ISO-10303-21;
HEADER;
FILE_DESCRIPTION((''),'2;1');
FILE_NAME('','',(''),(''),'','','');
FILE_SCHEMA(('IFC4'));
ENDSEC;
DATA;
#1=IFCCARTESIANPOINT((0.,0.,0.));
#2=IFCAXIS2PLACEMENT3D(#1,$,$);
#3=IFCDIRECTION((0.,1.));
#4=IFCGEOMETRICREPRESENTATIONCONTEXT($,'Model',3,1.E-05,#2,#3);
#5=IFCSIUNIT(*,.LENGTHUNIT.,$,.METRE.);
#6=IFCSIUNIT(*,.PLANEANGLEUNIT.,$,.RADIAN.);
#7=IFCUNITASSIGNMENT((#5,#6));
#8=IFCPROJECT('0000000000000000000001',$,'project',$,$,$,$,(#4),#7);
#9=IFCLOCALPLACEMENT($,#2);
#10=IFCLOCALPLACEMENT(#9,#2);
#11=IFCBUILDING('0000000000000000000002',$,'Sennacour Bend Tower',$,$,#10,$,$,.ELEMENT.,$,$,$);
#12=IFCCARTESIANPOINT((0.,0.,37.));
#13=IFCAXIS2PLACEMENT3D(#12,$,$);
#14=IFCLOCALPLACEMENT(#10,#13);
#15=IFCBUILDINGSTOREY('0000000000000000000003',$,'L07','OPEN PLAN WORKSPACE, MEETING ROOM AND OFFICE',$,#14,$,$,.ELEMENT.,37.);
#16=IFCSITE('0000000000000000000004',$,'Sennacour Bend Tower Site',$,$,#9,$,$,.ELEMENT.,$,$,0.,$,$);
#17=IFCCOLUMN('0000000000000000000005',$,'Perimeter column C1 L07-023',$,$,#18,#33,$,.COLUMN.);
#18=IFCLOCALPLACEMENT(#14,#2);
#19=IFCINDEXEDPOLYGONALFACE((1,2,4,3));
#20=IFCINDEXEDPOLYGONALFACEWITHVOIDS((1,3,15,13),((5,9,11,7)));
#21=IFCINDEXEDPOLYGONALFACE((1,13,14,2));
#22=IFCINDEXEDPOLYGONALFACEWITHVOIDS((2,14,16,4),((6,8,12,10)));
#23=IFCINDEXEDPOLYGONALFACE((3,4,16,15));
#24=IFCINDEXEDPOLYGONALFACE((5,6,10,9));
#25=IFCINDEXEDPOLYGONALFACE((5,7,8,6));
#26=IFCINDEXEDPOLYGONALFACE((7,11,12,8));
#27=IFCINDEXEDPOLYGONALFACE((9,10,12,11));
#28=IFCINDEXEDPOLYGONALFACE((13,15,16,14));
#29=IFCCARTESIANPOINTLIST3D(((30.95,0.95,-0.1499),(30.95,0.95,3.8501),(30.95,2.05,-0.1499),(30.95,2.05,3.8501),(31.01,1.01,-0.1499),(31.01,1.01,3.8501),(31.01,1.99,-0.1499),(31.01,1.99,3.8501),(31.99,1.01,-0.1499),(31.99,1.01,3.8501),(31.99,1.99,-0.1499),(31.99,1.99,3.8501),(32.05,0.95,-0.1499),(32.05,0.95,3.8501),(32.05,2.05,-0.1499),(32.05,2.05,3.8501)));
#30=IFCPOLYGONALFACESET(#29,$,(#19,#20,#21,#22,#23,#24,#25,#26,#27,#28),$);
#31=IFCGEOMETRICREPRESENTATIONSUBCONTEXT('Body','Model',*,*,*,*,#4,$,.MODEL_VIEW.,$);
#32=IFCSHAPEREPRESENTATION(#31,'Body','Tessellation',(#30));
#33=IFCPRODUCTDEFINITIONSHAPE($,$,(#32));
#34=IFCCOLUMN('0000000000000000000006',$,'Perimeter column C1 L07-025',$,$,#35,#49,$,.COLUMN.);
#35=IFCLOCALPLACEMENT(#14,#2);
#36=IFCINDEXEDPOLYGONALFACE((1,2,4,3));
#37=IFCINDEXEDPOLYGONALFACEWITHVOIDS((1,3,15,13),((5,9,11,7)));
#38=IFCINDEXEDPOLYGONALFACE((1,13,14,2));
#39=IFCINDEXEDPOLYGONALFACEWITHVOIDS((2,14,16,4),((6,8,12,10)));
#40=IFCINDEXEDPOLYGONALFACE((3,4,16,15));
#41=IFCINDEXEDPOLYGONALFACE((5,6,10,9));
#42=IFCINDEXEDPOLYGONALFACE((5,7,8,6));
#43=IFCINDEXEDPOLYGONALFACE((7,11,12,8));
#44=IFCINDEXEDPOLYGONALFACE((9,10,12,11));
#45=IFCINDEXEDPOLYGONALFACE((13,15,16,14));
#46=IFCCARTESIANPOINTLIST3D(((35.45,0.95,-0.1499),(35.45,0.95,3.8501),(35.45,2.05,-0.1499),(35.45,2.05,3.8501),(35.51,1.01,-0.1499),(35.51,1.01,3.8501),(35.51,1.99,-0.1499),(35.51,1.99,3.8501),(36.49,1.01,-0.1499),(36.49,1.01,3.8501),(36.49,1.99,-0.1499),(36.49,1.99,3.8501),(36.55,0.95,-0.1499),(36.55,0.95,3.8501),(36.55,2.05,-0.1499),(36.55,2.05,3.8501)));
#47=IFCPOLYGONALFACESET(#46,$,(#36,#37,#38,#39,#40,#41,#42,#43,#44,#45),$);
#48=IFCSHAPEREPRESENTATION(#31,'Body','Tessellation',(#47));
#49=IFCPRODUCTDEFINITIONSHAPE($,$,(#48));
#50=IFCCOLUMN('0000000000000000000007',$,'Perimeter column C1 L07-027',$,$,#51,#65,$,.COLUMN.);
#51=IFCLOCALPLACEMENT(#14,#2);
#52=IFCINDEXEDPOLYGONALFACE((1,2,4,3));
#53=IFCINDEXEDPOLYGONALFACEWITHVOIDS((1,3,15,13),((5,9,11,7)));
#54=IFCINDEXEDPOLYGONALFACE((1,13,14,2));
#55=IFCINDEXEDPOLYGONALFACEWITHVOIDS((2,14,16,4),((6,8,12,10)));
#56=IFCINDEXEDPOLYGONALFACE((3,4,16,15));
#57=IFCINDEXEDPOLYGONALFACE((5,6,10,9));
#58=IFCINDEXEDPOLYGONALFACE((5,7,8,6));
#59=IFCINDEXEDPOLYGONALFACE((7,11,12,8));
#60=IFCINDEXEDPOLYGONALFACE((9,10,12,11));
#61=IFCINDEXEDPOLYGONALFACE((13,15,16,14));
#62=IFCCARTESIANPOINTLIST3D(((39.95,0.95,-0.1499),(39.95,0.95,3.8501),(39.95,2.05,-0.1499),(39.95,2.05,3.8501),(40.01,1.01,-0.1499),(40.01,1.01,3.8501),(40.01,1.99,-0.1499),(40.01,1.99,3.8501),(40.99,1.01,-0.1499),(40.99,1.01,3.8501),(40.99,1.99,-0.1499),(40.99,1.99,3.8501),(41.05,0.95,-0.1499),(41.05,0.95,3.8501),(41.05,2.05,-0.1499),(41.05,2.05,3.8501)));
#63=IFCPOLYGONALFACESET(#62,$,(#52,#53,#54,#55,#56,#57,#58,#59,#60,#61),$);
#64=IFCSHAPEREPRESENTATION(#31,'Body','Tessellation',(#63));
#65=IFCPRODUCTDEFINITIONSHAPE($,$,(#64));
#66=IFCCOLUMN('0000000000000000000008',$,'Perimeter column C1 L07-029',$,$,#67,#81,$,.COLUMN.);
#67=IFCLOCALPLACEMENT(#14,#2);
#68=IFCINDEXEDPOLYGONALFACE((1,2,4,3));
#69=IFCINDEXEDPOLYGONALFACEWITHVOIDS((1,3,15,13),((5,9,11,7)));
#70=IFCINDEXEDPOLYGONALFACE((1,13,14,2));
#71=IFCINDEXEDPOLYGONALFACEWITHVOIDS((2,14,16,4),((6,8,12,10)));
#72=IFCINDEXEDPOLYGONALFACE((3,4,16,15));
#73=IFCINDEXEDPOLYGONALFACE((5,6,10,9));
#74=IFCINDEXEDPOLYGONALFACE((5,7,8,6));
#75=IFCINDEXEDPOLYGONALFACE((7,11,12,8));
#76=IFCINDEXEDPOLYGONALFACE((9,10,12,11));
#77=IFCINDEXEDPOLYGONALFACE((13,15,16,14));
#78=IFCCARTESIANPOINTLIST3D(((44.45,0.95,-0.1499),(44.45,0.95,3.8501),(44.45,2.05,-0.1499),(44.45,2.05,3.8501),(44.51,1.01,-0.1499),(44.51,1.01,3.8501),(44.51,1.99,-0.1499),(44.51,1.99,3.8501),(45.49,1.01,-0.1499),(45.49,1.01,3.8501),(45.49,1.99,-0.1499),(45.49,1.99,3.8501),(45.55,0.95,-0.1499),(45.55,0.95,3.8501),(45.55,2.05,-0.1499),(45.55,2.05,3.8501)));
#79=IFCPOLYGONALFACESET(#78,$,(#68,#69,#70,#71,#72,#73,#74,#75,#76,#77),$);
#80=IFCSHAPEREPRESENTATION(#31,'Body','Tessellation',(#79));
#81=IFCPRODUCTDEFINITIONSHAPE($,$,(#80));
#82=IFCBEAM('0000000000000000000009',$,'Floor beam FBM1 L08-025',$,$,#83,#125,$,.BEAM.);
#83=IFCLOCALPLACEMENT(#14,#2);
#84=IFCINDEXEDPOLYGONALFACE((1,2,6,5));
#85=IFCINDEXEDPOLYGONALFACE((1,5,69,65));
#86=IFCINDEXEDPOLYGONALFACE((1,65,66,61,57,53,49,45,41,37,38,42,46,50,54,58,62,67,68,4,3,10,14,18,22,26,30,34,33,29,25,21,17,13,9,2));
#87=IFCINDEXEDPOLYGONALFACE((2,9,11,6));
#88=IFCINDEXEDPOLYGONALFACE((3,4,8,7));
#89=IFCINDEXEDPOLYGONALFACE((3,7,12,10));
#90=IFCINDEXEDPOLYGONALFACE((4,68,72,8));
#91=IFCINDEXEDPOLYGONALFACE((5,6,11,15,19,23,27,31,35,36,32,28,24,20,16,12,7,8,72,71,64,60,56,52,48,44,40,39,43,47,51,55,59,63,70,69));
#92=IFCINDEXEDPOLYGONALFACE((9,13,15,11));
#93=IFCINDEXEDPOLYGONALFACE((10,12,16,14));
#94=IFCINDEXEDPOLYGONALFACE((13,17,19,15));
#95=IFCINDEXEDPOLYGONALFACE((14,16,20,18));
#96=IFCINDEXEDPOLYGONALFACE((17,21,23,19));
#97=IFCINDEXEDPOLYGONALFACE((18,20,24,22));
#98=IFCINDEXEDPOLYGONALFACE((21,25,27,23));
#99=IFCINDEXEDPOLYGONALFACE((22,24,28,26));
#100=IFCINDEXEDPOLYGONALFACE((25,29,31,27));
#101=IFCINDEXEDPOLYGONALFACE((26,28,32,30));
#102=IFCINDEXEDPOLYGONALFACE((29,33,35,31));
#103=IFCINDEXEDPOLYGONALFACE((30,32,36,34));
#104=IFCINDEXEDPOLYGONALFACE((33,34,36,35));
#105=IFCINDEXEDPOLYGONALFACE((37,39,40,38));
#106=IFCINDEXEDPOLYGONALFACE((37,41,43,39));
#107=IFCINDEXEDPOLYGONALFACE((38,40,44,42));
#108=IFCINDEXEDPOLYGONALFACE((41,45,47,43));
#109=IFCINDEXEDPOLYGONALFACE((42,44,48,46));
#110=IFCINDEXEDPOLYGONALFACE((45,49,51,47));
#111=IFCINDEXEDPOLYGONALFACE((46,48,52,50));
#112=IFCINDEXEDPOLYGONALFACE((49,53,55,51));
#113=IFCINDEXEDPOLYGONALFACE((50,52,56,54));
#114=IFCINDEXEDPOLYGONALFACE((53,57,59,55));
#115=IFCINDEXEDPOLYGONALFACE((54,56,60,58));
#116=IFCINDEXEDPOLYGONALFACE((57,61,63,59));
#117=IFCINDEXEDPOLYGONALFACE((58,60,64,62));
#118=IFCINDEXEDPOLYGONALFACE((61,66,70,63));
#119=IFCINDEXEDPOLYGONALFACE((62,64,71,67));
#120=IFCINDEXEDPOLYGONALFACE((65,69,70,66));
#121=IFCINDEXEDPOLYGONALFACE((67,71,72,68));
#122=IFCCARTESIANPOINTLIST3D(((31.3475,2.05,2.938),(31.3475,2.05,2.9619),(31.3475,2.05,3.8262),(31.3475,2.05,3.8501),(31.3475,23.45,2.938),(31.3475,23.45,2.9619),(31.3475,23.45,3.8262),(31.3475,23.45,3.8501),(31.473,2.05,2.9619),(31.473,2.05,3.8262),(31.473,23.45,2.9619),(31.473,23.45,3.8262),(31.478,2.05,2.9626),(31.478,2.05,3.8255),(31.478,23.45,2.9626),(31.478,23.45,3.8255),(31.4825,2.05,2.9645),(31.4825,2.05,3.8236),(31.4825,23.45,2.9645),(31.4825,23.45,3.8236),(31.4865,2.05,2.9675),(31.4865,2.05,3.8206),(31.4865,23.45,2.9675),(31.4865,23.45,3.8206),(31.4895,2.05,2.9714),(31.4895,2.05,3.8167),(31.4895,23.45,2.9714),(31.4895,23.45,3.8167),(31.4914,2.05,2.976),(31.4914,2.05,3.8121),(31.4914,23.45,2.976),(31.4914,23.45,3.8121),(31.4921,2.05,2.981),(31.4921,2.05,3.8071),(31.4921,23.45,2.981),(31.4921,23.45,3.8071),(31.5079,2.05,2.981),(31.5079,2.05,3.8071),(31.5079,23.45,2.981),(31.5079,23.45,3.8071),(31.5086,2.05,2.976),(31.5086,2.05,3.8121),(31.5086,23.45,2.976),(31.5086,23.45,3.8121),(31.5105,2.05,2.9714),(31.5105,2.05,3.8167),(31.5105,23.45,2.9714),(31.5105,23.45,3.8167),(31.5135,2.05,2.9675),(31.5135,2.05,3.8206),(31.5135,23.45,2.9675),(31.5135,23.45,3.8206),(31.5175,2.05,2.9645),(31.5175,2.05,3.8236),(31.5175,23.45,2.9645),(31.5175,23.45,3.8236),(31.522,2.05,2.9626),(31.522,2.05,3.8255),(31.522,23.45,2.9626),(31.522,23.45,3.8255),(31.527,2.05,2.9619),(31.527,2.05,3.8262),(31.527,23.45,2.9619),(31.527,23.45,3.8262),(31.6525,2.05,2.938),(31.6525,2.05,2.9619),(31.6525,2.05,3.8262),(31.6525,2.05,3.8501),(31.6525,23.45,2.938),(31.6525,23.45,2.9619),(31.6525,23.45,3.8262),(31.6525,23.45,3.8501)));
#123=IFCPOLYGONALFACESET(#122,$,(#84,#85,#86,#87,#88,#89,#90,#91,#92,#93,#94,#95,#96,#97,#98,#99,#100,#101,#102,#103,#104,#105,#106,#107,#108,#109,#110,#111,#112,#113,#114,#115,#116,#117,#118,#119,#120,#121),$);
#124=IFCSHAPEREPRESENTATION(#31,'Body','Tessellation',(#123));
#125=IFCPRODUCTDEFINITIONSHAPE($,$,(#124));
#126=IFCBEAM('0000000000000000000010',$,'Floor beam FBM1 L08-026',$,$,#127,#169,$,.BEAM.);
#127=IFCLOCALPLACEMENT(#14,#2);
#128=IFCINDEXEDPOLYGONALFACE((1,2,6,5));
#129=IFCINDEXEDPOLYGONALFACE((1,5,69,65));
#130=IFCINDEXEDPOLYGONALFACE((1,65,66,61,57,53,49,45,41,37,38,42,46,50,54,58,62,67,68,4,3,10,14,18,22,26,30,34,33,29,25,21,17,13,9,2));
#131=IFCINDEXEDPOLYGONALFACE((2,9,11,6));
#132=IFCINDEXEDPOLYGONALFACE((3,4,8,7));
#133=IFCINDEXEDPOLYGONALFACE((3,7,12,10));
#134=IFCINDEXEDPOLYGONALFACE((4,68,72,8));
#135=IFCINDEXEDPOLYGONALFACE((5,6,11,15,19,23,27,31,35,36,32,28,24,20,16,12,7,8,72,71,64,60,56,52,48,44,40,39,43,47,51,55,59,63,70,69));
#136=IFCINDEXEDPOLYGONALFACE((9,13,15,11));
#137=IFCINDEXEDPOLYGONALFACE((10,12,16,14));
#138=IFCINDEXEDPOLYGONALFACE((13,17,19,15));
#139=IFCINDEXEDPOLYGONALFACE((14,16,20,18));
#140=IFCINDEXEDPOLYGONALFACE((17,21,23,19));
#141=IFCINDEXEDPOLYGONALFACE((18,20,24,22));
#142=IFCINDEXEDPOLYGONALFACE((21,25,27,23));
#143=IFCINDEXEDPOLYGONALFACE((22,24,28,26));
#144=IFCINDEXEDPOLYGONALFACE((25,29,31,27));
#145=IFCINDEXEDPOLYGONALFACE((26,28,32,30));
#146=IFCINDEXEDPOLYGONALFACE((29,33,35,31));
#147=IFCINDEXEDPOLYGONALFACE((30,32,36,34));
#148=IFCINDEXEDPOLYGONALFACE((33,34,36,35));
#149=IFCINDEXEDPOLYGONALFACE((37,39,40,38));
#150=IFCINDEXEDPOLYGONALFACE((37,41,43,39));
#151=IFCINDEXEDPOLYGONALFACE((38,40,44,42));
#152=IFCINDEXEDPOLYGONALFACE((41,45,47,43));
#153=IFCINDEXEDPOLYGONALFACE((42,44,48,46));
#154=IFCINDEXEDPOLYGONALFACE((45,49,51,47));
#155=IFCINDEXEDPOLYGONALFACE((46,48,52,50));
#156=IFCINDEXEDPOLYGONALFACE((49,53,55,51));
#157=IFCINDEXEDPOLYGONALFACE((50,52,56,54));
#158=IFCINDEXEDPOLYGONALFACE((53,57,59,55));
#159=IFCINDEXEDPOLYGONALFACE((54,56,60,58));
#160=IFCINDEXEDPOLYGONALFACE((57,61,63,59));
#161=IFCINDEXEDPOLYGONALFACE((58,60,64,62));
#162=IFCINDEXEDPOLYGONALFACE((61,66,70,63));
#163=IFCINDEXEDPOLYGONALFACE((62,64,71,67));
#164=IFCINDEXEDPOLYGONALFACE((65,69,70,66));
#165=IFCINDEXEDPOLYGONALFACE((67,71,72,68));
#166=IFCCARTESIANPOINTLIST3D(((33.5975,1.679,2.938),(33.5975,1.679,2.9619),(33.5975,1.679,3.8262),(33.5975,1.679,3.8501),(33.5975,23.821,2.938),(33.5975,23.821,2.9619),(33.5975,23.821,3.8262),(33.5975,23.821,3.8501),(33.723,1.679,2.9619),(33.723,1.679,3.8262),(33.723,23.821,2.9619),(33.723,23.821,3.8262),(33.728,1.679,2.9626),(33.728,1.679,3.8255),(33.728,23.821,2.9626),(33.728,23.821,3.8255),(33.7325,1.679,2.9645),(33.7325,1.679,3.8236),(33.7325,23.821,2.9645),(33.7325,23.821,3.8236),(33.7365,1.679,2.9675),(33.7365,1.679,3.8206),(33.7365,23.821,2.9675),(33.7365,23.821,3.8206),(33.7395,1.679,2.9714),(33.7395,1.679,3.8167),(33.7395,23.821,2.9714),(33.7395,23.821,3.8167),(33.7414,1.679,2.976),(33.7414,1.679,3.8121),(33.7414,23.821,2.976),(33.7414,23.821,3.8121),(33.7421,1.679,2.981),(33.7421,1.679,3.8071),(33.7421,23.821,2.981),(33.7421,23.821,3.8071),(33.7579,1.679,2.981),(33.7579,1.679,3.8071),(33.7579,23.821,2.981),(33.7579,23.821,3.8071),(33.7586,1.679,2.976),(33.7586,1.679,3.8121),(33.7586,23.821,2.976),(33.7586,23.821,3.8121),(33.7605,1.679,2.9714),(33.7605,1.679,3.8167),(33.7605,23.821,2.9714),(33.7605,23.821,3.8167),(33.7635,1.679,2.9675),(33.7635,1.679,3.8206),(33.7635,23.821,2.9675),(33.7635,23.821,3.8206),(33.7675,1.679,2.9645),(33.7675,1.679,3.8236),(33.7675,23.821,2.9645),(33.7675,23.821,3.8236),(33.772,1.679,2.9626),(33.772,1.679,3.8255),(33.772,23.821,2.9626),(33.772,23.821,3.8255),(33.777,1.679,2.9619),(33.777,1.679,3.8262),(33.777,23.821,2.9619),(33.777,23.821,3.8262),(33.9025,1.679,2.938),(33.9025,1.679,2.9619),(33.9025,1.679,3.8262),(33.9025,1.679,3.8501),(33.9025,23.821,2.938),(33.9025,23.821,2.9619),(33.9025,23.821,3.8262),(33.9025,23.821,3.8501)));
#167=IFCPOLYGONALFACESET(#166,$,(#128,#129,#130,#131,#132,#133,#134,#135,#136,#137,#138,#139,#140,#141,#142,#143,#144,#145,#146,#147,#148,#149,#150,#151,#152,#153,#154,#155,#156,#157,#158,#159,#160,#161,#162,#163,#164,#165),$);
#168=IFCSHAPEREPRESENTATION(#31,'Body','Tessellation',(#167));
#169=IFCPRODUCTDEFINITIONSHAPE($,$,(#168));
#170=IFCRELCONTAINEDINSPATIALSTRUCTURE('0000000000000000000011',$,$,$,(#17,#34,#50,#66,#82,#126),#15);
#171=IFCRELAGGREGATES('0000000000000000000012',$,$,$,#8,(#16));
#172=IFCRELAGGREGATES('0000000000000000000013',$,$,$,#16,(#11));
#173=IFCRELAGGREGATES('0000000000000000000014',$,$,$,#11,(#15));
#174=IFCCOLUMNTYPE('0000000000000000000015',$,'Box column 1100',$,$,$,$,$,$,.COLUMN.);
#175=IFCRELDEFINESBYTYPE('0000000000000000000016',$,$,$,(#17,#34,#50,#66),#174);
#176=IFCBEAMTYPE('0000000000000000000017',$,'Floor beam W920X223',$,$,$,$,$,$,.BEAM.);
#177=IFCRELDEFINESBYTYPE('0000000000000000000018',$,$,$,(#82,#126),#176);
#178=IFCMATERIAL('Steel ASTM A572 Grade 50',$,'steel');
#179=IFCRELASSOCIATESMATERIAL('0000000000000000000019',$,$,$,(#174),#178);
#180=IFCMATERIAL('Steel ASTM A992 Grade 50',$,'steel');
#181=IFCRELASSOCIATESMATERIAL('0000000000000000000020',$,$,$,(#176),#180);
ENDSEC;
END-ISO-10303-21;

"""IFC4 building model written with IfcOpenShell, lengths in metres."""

from ifc_helpers import new_model, si_unit, direction, frame, origin, origin_2d, place, context, subcontext, project, spatial, hollow_rectangle, i_section, extrude, material, material_profile, profile_set, type_object, element, save


model = new_model("IFC4")

# Units and contexts
model_context = context("Model", 3, precision=1e-05, world=origin(), true_north=direction((0.0, 1.0)))
body_context = subcontext(model_context, "Body", "Model", "MODEL_VIEW")
ifc_project = project(units=[si_unit("LENGTHUNIT", "METRE"), si_unit("PLANEANGLEUNIT", "RADIAN")], contexts=[model_context])

# Site, building, storey
site_placement = place(None, origin())
site = spatial("IfcSite", under=ifc_project, at=site_placement, Name="Sennacour Bend Tower Site", CompositionType="ELEMENT", RefElevation=0.0)
building_placement = place(site_placement, origin())
building = spatial("IfcBuilding", under=site, at=building_placement, Name="Sennacour Bend Tower", CompositionType="ELEMENT")
storey_placement = place(building_placement, frame((0.0, 0.0, 37.0)))
storey = spatial("IfcBuildingStorey", under=building, at=storey_placement, Name="L07", Description="OPEN PLAN WORKSPACE, MEETING ROOM AND OFFICE", CompositionType="ELEMENT", Elevation=37.0)

# Columns
ifc_material_1 = material(Name="Steel ASTM A572 Grade 50", Category="steel")
ifc_material_profile_1 = material_profile(ifc_material_1, hollow_rectangle(XDim=1.1001, YDim=1.1001, WallThickness=0.0601, at=origin_2d()), Name="Steel ASTM A572 Grade 50", Category="steel")
ifc_profile_set_1 = profile_set([ifc_material_profile_1], Name="Steel ASTM A572 Grade 50")
column_type = type_object("IfcColumnType", Name="Box column 1100", PredefinedType="COLUMN", material=ifc_profile_set_1)
for number, where, z_axis, x_axis, name in (
    (1, (31.5, 1.5, -0.1499), (0.0, 0.0, 1.0), (1.0, 0.0, 0.0), "Perimeter column C1 L07-023"),
    (2, (36.0, 1.5, -0.1499), (0.0, 0.0, 1.0), (1.0, 0.0, 0.0), "Perimeter column C1 L07-025"),
    (3, (40.5, 1.5, -0.1499), (0.0, 0.0, 1.0), (1.0, 0.0, 0.0), "Perimeter column C1 L07-027"),
    (4, (45.0, 1.5, -0.1499), (0.0, 0.0, 1.0), (1.0, 0.0, 0.0), "Perimeter column C1 L07-029"),
):
    element("IfcColumn", number, at=place(storey_placement, frame(where, z_axis=z_axis, x_axis=x_axis)), inside=storey, type_object=column_type, Name=name, PredefinedType="COLUMN", context=body_context, shape_type="SweptSolid", body=[
        extrude(hollow_rectangle(XDim=1.1001, YDim=1.1001, WallThickness=0.0601, at=origin_2d()), origin(), (0.0, 0.0, 1.0), 4.0),
    ])

# Beams
ifc_material_2 = material(Name="Steel ASTM A992 Grade 50", Category="steel")
ifc_material_profile_2 = material_profile(ifc_material_2, i_section(OverallWidth=0.3049, OverallDepth=0.9121, WebThickness=0.0159, FlangeThickness=0.0239, FilletRadius=0.019, at=origin_2d()), Name="Steel ASTM A992 Grade 50", Category="steel")
ifc_profile_set_2 = profile_set([ifc_material_profile_2], Name="Steel ASTM A992 Grade 50")
beam_type_1 = type_object("IfcBeamType", Name="Floor beam W920X223", PredefinedType="BEAM", material=ifc_profile_set_2)
beam_1_placement = place(storey_placement, frame((31.5, 2.05, 3.394), z_axis=(0.0, 1.0, 0.0), x_axis=(-1.0, 0.0, 0.0)))
element("IfcBeam", 5, at=beam_1_placement, inside=storey, type_object=beam_type_1, Name="Floor beam FBM1 L08-025", PredefinedType="BEAM", context=body_context, shape_type="SweptSolid", body=[
    extrude(i_section(OverallWidth=0.3049, OverallDepth=0.9121, WebThickness=0.0159, FlangeThickness=0.0239, FilletRadius=0.019, at=origin_2d()), origin(), (0.0, 0.0, 1.0), 21.3999),
])
beam_2_placement = place(storey_placement, frame((33.75, 1.679, 3.394), z_axis=(0.0, 1.0, 0.0), x_axis=(-1.0, 0.0, 0.0)))
element("IfcBeam", 6, at=beam_2_placement, inside=storey, type_object=beam_type_1, Name="Floor beam FBM1 L08-026", PredefinedType="BEAM", context=body_context, shape_type="SweptSolid", body=[
    extrude(i_section(OverallWidth=0.3049, OverallDepth=0.9121, WebThickness=0.0159, FlangeThickness=0.0239, FilletRadius=0.019, at=origin_2d()), origin(), (0.0, 0.0, 1.0), 22.1421),
])

save(model, "model.ifc")
